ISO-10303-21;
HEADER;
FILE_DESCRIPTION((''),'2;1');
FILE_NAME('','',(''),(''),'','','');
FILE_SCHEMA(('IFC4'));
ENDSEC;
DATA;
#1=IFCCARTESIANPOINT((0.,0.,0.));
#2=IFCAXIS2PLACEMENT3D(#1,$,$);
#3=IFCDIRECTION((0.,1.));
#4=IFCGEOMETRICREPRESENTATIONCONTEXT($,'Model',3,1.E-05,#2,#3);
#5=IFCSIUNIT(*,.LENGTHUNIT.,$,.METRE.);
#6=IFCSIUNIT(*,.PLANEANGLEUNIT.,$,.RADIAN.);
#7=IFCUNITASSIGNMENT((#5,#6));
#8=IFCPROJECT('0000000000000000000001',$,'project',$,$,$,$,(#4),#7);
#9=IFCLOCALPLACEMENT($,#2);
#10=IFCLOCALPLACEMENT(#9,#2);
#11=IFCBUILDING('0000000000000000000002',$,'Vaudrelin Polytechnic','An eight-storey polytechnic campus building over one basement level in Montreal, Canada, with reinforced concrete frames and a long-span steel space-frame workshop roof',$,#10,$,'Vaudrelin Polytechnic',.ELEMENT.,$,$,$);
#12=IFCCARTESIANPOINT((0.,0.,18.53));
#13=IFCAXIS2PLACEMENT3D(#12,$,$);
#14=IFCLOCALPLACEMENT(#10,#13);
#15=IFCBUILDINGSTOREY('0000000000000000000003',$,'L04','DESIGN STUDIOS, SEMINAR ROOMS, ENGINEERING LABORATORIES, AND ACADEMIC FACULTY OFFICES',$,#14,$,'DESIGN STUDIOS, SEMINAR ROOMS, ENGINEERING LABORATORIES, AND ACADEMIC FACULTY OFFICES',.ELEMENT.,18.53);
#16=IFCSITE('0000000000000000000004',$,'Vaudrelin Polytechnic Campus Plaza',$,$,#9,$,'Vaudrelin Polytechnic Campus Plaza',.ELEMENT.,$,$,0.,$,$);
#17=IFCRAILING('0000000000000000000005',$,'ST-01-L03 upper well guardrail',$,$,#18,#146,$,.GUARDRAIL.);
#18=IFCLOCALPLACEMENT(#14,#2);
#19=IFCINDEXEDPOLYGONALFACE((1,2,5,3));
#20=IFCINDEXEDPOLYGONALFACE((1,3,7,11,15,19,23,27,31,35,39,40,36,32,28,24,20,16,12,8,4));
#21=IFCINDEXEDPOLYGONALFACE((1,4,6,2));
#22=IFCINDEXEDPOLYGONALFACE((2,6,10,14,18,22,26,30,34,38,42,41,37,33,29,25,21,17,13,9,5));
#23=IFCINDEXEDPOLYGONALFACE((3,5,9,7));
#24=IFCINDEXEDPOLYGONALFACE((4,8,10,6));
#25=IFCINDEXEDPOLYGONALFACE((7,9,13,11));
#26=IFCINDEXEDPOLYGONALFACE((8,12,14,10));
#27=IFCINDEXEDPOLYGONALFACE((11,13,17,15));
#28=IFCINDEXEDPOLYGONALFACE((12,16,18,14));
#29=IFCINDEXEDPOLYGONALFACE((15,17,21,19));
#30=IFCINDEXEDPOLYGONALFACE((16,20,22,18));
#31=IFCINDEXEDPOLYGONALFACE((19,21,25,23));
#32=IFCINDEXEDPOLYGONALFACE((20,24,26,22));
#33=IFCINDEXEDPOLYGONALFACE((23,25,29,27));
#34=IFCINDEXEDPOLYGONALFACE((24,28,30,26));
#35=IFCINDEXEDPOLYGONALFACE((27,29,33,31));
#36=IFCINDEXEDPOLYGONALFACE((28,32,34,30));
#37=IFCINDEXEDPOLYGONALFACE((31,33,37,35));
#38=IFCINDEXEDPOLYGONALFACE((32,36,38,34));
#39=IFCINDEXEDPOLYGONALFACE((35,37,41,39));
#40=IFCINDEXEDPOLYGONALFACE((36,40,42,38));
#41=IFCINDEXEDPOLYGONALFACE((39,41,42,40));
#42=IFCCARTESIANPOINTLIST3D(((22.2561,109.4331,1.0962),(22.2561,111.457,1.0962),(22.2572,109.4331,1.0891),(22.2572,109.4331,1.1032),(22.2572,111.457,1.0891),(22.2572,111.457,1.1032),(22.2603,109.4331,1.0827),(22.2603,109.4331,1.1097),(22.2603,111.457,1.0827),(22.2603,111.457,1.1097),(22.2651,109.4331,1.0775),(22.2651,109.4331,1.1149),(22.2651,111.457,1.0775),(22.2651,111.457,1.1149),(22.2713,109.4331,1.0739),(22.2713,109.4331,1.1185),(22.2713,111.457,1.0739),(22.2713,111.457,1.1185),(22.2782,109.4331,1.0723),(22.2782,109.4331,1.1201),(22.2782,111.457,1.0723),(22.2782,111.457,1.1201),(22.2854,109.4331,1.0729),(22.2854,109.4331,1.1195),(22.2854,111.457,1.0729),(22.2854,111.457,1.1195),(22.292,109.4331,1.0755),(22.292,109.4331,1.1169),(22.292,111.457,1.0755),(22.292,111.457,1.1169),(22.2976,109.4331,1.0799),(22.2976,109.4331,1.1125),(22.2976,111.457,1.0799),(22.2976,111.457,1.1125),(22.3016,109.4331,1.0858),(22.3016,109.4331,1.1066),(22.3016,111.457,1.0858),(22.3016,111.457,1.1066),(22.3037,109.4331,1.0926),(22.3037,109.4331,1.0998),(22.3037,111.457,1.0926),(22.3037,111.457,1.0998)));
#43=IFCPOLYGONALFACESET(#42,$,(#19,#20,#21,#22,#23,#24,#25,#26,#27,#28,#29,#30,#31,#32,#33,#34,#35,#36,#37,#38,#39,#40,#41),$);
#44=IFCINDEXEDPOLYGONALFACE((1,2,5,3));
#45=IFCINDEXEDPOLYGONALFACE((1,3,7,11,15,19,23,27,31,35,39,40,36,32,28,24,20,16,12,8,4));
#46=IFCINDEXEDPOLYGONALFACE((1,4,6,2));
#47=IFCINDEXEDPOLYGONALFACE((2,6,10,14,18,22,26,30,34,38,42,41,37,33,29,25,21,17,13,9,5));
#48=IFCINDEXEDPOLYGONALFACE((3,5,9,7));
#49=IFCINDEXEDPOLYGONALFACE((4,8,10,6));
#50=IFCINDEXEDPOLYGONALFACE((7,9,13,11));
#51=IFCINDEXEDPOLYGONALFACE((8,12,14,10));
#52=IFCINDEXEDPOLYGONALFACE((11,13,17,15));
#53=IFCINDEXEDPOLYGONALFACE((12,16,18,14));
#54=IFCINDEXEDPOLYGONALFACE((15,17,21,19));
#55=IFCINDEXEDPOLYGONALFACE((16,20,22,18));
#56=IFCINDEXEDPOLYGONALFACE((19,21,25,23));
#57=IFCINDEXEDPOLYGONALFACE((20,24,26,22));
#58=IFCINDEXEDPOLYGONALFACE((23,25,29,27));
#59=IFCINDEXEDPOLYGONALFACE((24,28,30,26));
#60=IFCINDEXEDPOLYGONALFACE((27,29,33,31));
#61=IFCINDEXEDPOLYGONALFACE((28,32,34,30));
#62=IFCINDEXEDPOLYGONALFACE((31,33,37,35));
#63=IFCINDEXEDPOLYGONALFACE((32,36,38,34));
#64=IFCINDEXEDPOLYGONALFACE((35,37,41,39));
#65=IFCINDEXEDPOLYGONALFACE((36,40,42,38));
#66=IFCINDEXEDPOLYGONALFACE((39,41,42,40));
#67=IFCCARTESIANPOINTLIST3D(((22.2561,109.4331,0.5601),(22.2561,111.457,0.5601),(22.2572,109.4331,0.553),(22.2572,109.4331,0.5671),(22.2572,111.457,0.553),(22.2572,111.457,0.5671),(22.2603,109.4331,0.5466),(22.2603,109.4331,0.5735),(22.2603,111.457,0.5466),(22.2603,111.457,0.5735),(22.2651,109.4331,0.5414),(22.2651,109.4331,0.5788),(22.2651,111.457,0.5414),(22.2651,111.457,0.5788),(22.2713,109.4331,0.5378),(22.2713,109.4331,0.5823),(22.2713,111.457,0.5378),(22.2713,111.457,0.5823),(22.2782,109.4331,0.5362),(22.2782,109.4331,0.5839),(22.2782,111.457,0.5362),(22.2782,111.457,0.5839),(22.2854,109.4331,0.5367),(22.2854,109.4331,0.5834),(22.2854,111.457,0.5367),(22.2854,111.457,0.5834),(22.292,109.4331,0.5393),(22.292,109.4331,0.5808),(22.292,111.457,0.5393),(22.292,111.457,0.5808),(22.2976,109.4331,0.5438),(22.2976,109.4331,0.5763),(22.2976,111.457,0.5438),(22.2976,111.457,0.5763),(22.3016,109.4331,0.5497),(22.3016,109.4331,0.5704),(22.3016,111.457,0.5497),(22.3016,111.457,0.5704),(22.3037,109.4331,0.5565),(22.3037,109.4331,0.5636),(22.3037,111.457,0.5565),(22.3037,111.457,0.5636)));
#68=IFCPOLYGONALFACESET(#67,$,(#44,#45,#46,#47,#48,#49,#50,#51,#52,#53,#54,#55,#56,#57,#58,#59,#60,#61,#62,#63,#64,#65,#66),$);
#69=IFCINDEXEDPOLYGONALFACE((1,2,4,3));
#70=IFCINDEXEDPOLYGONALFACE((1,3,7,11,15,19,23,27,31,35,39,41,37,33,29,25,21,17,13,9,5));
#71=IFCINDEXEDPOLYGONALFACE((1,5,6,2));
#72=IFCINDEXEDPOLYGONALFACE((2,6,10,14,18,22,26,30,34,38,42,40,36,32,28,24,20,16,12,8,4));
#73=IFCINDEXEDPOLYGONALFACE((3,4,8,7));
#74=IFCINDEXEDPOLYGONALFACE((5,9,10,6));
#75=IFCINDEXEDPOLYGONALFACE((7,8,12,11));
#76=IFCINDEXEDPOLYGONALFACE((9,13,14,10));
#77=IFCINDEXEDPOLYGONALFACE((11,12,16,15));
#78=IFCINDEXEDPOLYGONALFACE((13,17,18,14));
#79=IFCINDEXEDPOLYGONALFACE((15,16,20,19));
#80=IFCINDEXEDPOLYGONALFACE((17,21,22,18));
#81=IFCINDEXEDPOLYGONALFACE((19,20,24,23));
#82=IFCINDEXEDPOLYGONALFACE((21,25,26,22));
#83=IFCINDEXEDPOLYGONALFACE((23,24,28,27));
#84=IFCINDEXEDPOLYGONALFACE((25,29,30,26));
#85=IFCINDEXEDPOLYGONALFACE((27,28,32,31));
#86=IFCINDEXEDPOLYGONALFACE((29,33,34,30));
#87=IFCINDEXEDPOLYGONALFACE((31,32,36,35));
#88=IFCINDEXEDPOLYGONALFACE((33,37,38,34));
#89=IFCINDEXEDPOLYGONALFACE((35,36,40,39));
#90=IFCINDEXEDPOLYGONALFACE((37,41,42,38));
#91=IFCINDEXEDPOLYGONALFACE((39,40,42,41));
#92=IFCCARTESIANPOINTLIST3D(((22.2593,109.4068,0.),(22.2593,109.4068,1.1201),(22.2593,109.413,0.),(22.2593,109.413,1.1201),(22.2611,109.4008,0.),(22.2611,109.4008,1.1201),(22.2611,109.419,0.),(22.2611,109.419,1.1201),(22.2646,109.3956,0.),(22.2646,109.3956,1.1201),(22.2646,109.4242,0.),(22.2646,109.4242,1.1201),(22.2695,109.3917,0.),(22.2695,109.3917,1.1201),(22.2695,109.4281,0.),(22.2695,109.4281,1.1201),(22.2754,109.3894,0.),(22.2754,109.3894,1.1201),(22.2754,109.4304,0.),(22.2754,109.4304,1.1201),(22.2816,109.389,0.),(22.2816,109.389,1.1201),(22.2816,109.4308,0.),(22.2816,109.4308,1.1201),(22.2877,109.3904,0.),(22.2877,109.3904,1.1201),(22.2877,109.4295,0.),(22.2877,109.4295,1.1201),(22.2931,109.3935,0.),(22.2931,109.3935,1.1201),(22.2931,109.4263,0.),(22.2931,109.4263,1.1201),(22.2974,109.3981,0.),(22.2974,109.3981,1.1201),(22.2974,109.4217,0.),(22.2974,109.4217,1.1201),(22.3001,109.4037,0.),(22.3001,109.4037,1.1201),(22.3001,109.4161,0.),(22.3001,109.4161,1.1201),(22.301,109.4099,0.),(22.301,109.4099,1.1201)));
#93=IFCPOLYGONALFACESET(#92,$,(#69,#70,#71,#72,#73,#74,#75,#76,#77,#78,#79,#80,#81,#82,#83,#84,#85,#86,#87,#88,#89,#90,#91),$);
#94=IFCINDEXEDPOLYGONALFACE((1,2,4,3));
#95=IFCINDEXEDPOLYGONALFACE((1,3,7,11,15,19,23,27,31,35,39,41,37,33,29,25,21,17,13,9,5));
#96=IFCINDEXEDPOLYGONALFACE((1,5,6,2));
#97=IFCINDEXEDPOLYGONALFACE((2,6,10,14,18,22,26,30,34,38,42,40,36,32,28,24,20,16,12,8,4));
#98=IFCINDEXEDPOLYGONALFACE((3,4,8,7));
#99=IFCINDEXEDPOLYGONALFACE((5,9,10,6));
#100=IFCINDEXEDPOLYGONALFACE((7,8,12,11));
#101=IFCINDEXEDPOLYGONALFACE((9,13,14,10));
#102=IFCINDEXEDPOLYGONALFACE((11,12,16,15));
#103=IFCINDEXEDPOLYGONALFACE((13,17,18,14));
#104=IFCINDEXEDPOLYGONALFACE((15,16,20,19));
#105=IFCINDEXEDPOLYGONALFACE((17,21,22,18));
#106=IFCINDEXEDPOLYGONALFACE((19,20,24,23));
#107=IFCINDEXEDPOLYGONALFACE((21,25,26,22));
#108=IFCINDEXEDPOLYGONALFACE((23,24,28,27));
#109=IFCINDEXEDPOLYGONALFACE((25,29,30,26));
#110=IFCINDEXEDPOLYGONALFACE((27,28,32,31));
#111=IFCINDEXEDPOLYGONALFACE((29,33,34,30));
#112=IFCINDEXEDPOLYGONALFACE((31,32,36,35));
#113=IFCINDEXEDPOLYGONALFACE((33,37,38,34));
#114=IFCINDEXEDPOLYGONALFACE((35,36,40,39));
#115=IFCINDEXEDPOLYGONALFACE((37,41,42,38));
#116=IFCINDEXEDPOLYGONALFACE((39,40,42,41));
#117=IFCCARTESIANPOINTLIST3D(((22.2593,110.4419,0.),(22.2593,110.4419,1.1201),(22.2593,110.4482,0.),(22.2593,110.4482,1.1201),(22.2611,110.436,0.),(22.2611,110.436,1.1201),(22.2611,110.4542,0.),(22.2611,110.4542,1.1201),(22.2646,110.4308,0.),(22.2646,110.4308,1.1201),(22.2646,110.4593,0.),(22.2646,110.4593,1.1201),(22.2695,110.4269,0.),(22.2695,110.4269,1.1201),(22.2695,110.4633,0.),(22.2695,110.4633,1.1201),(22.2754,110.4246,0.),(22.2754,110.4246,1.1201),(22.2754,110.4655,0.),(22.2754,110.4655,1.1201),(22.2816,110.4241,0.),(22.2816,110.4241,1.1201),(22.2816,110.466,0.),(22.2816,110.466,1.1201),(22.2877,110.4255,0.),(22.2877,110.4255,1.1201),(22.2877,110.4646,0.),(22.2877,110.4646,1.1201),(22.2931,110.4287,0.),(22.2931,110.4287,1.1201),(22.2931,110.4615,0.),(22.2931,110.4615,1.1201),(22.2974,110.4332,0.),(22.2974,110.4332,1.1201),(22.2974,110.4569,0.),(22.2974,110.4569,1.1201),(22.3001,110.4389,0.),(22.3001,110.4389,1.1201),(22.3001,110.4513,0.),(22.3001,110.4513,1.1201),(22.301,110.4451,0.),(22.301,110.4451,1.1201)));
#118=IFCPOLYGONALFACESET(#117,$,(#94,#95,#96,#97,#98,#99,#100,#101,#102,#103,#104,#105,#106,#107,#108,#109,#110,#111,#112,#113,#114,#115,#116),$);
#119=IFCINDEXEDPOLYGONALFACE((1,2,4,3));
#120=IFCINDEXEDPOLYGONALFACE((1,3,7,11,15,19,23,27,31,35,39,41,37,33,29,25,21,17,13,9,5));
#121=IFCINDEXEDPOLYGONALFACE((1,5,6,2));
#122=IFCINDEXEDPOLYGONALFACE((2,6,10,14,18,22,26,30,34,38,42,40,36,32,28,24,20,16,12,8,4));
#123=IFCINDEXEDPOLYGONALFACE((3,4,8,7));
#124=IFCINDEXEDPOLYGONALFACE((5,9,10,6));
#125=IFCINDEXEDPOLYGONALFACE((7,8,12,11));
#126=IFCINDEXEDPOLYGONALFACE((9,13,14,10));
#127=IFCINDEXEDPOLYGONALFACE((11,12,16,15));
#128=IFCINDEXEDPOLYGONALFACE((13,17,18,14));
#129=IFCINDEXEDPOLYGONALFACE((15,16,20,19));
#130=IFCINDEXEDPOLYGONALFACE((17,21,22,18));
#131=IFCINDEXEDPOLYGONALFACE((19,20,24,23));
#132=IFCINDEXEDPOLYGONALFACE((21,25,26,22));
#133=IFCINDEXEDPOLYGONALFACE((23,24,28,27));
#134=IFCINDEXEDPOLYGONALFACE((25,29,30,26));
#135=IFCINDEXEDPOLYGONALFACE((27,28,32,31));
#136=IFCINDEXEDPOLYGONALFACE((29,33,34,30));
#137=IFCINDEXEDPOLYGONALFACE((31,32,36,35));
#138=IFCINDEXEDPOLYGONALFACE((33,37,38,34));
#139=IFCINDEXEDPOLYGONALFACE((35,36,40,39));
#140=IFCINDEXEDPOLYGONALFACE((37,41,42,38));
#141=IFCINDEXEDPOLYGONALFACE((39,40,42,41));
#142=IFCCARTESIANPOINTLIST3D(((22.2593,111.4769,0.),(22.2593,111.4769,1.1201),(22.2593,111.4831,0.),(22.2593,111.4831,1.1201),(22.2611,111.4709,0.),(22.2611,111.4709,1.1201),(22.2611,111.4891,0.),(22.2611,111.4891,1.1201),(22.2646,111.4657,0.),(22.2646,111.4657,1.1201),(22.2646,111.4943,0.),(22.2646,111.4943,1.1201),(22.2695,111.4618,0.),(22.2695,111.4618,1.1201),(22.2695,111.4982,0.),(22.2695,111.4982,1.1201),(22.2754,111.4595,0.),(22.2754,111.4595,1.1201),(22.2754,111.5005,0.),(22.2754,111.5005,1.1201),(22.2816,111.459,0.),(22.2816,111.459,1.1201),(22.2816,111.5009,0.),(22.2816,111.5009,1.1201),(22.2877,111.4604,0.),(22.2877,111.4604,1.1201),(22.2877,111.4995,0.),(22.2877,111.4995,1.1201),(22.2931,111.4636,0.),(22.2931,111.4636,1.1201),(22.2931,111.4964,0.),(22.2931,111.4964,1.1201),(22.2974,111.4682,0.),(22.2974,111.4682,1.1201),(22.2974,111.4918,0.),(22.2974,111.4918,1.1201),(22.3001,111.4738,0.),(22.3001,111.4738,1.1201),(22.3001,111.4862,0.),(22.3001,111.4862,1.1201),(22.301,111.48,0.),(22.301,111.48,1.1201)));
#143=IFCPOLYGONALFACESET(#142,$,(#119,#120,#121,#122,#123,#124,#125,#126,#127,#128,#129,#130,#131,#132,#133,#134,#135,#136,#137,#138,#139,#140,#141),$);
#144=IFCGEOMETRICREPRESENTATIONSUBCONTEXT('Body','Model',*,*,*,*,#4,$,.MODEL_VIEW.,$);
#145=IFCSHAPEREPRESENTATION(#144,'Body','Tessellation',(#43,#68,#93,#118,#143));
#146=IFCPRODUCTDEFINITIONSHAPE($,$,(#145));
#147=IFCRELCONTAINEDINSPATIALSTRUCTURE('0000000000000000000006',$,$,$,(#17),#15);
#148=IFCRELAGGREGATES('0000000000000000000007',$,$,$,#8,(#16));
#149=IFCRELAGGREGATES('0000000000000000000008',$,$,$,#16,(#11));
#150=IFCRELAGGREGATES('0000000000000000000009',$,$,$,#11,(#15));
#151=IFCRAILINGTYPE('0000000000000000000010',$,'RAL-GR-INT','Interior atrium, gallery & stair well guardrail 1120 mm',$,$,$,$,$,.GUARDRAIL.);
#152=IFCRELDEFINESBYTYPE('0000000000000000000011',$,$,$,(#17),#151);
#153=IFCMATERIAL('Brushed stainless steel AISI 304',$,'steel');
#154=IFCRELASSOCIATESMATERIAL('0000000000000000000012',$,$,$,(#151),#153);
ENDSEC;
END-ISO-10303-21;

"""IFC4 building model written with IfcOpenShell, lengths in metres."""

from ifc_helpers import new_model, si_unit, direction, frame, origin, origin_2d, place, context, subcontext, project, spatial, circle, extrude, material, type_object, element, save


model = new_model("IFC4")

# Units and contexts
model_context = context("Model", 3, precision=1e-05, world=origin(), true_north=direction((0.0, 1.0)))
body_context = subcontext(model_context, "Body", "Model", "MODEL_VIEW")
ifc_project = project(units=[si_unit("LENGTHUNIT", "METRE"), si_unit("PLANEANGLEUNIT", "RADIAN")], contexts=[model_context])

# Site, building, storey
site_placement = place(None, origin())
site = spatial("IfcSite", under=ifc_project, at=site_placement, Name="Vaudrelin Polytechnic Campus Plaza", LongName="Vaudrelin Polytechnic Campus Plaza", CompositionType="ELEMENT", RefElevation=0.0)
building_placement = place(site_placement, origin())
building = spatial("IfcBuilding", under=site, at=building_placement, Name="Vaudrelin Polytechnic", Description="An eight-storey polytechnic campus building over one basement level in Montreal, Canada, with reinforced concrete frames and a long-span steel space-frame workshop roof", LongName="Vaudrelin Polytechnic", CompositionType="ELEMENT")
storey_placement = place(building_placement, frame((0.0, 0.0, 18.53)))
storey = spatial("IfcBuildingStorey", under=building, at=storey_placement, Name="L04", Description="DESIGN STUDIOS, SEMINAR ROOMS, ENGINEERING LABORATORIES, AND ACADEMIC FACULTY OFFICES", LongName="DESIGN STUDIOS, SEMINAR ROOMS, ENGINEERING LABORATORIES, AND ACADEMIC FACULTY OFFICES", CompositionType="ELEMENT", Elevation=18.53)

# Shared definitions
ifc_material_1 = material(Name="Brushed stainless steel AISI 304", Category="steel")

# Railing
railing_type_1 = type_object("IfcRailingType", Name="RAL-GR-INT", Description="Interior atrium, gallery & stair well guardrail 1120 mm", PredefinedType="GUARDRAIL", material=ifc_material_1)
railing_1_placement = place(storey_placement, frame((22.28, 109.4099, 0.0)))
element("IfcRailing", 1, at=railing_1_placement, inside=storey, type_object=railing_type_1, Name="ST-01-L03 upper well guardrail", PredefinedType="GUARDRAIL", context=body_context, shape_type="SweptSolid", body=[
    extrude(circle(Radius=0.0239, at=origin_2d()), frame((0.0, 0.0232, 1.0962), z_axis=(0.0, 1.0, 0.0), x_axis=(-1.0, 0.0, 0.0)), (0.0, 0.0, 1.0), 2.0239),
    extrude(circle(Radius=0.0239, at=origin_2d()), frame((0.0, 0.0232, 0.5601), z_axis=(0.0, 1.0, 0.0), x_axis=(-1.0, 0.0, 0.0)), (0.0, 0.0, 1.0), 2.0239),
    extrude(circle(Radius=0.021, at=origin_2d()), origin(), (0.0, 0.0, 1.0), 1.1201),
    extrude(circle(Radius=0.021, at=origin_2d()), frame((0.0, 1.0352, 0.0)), (0.0, 0.0, 1.0), 1.1201),
    extrude(circle(Radius=0.021, at=origin_2d()), frame((0.0, 2.0701, 0.0)), (0.0, 0.0, 1.0), 1.1201),
])

save(model, "model.ifc")
